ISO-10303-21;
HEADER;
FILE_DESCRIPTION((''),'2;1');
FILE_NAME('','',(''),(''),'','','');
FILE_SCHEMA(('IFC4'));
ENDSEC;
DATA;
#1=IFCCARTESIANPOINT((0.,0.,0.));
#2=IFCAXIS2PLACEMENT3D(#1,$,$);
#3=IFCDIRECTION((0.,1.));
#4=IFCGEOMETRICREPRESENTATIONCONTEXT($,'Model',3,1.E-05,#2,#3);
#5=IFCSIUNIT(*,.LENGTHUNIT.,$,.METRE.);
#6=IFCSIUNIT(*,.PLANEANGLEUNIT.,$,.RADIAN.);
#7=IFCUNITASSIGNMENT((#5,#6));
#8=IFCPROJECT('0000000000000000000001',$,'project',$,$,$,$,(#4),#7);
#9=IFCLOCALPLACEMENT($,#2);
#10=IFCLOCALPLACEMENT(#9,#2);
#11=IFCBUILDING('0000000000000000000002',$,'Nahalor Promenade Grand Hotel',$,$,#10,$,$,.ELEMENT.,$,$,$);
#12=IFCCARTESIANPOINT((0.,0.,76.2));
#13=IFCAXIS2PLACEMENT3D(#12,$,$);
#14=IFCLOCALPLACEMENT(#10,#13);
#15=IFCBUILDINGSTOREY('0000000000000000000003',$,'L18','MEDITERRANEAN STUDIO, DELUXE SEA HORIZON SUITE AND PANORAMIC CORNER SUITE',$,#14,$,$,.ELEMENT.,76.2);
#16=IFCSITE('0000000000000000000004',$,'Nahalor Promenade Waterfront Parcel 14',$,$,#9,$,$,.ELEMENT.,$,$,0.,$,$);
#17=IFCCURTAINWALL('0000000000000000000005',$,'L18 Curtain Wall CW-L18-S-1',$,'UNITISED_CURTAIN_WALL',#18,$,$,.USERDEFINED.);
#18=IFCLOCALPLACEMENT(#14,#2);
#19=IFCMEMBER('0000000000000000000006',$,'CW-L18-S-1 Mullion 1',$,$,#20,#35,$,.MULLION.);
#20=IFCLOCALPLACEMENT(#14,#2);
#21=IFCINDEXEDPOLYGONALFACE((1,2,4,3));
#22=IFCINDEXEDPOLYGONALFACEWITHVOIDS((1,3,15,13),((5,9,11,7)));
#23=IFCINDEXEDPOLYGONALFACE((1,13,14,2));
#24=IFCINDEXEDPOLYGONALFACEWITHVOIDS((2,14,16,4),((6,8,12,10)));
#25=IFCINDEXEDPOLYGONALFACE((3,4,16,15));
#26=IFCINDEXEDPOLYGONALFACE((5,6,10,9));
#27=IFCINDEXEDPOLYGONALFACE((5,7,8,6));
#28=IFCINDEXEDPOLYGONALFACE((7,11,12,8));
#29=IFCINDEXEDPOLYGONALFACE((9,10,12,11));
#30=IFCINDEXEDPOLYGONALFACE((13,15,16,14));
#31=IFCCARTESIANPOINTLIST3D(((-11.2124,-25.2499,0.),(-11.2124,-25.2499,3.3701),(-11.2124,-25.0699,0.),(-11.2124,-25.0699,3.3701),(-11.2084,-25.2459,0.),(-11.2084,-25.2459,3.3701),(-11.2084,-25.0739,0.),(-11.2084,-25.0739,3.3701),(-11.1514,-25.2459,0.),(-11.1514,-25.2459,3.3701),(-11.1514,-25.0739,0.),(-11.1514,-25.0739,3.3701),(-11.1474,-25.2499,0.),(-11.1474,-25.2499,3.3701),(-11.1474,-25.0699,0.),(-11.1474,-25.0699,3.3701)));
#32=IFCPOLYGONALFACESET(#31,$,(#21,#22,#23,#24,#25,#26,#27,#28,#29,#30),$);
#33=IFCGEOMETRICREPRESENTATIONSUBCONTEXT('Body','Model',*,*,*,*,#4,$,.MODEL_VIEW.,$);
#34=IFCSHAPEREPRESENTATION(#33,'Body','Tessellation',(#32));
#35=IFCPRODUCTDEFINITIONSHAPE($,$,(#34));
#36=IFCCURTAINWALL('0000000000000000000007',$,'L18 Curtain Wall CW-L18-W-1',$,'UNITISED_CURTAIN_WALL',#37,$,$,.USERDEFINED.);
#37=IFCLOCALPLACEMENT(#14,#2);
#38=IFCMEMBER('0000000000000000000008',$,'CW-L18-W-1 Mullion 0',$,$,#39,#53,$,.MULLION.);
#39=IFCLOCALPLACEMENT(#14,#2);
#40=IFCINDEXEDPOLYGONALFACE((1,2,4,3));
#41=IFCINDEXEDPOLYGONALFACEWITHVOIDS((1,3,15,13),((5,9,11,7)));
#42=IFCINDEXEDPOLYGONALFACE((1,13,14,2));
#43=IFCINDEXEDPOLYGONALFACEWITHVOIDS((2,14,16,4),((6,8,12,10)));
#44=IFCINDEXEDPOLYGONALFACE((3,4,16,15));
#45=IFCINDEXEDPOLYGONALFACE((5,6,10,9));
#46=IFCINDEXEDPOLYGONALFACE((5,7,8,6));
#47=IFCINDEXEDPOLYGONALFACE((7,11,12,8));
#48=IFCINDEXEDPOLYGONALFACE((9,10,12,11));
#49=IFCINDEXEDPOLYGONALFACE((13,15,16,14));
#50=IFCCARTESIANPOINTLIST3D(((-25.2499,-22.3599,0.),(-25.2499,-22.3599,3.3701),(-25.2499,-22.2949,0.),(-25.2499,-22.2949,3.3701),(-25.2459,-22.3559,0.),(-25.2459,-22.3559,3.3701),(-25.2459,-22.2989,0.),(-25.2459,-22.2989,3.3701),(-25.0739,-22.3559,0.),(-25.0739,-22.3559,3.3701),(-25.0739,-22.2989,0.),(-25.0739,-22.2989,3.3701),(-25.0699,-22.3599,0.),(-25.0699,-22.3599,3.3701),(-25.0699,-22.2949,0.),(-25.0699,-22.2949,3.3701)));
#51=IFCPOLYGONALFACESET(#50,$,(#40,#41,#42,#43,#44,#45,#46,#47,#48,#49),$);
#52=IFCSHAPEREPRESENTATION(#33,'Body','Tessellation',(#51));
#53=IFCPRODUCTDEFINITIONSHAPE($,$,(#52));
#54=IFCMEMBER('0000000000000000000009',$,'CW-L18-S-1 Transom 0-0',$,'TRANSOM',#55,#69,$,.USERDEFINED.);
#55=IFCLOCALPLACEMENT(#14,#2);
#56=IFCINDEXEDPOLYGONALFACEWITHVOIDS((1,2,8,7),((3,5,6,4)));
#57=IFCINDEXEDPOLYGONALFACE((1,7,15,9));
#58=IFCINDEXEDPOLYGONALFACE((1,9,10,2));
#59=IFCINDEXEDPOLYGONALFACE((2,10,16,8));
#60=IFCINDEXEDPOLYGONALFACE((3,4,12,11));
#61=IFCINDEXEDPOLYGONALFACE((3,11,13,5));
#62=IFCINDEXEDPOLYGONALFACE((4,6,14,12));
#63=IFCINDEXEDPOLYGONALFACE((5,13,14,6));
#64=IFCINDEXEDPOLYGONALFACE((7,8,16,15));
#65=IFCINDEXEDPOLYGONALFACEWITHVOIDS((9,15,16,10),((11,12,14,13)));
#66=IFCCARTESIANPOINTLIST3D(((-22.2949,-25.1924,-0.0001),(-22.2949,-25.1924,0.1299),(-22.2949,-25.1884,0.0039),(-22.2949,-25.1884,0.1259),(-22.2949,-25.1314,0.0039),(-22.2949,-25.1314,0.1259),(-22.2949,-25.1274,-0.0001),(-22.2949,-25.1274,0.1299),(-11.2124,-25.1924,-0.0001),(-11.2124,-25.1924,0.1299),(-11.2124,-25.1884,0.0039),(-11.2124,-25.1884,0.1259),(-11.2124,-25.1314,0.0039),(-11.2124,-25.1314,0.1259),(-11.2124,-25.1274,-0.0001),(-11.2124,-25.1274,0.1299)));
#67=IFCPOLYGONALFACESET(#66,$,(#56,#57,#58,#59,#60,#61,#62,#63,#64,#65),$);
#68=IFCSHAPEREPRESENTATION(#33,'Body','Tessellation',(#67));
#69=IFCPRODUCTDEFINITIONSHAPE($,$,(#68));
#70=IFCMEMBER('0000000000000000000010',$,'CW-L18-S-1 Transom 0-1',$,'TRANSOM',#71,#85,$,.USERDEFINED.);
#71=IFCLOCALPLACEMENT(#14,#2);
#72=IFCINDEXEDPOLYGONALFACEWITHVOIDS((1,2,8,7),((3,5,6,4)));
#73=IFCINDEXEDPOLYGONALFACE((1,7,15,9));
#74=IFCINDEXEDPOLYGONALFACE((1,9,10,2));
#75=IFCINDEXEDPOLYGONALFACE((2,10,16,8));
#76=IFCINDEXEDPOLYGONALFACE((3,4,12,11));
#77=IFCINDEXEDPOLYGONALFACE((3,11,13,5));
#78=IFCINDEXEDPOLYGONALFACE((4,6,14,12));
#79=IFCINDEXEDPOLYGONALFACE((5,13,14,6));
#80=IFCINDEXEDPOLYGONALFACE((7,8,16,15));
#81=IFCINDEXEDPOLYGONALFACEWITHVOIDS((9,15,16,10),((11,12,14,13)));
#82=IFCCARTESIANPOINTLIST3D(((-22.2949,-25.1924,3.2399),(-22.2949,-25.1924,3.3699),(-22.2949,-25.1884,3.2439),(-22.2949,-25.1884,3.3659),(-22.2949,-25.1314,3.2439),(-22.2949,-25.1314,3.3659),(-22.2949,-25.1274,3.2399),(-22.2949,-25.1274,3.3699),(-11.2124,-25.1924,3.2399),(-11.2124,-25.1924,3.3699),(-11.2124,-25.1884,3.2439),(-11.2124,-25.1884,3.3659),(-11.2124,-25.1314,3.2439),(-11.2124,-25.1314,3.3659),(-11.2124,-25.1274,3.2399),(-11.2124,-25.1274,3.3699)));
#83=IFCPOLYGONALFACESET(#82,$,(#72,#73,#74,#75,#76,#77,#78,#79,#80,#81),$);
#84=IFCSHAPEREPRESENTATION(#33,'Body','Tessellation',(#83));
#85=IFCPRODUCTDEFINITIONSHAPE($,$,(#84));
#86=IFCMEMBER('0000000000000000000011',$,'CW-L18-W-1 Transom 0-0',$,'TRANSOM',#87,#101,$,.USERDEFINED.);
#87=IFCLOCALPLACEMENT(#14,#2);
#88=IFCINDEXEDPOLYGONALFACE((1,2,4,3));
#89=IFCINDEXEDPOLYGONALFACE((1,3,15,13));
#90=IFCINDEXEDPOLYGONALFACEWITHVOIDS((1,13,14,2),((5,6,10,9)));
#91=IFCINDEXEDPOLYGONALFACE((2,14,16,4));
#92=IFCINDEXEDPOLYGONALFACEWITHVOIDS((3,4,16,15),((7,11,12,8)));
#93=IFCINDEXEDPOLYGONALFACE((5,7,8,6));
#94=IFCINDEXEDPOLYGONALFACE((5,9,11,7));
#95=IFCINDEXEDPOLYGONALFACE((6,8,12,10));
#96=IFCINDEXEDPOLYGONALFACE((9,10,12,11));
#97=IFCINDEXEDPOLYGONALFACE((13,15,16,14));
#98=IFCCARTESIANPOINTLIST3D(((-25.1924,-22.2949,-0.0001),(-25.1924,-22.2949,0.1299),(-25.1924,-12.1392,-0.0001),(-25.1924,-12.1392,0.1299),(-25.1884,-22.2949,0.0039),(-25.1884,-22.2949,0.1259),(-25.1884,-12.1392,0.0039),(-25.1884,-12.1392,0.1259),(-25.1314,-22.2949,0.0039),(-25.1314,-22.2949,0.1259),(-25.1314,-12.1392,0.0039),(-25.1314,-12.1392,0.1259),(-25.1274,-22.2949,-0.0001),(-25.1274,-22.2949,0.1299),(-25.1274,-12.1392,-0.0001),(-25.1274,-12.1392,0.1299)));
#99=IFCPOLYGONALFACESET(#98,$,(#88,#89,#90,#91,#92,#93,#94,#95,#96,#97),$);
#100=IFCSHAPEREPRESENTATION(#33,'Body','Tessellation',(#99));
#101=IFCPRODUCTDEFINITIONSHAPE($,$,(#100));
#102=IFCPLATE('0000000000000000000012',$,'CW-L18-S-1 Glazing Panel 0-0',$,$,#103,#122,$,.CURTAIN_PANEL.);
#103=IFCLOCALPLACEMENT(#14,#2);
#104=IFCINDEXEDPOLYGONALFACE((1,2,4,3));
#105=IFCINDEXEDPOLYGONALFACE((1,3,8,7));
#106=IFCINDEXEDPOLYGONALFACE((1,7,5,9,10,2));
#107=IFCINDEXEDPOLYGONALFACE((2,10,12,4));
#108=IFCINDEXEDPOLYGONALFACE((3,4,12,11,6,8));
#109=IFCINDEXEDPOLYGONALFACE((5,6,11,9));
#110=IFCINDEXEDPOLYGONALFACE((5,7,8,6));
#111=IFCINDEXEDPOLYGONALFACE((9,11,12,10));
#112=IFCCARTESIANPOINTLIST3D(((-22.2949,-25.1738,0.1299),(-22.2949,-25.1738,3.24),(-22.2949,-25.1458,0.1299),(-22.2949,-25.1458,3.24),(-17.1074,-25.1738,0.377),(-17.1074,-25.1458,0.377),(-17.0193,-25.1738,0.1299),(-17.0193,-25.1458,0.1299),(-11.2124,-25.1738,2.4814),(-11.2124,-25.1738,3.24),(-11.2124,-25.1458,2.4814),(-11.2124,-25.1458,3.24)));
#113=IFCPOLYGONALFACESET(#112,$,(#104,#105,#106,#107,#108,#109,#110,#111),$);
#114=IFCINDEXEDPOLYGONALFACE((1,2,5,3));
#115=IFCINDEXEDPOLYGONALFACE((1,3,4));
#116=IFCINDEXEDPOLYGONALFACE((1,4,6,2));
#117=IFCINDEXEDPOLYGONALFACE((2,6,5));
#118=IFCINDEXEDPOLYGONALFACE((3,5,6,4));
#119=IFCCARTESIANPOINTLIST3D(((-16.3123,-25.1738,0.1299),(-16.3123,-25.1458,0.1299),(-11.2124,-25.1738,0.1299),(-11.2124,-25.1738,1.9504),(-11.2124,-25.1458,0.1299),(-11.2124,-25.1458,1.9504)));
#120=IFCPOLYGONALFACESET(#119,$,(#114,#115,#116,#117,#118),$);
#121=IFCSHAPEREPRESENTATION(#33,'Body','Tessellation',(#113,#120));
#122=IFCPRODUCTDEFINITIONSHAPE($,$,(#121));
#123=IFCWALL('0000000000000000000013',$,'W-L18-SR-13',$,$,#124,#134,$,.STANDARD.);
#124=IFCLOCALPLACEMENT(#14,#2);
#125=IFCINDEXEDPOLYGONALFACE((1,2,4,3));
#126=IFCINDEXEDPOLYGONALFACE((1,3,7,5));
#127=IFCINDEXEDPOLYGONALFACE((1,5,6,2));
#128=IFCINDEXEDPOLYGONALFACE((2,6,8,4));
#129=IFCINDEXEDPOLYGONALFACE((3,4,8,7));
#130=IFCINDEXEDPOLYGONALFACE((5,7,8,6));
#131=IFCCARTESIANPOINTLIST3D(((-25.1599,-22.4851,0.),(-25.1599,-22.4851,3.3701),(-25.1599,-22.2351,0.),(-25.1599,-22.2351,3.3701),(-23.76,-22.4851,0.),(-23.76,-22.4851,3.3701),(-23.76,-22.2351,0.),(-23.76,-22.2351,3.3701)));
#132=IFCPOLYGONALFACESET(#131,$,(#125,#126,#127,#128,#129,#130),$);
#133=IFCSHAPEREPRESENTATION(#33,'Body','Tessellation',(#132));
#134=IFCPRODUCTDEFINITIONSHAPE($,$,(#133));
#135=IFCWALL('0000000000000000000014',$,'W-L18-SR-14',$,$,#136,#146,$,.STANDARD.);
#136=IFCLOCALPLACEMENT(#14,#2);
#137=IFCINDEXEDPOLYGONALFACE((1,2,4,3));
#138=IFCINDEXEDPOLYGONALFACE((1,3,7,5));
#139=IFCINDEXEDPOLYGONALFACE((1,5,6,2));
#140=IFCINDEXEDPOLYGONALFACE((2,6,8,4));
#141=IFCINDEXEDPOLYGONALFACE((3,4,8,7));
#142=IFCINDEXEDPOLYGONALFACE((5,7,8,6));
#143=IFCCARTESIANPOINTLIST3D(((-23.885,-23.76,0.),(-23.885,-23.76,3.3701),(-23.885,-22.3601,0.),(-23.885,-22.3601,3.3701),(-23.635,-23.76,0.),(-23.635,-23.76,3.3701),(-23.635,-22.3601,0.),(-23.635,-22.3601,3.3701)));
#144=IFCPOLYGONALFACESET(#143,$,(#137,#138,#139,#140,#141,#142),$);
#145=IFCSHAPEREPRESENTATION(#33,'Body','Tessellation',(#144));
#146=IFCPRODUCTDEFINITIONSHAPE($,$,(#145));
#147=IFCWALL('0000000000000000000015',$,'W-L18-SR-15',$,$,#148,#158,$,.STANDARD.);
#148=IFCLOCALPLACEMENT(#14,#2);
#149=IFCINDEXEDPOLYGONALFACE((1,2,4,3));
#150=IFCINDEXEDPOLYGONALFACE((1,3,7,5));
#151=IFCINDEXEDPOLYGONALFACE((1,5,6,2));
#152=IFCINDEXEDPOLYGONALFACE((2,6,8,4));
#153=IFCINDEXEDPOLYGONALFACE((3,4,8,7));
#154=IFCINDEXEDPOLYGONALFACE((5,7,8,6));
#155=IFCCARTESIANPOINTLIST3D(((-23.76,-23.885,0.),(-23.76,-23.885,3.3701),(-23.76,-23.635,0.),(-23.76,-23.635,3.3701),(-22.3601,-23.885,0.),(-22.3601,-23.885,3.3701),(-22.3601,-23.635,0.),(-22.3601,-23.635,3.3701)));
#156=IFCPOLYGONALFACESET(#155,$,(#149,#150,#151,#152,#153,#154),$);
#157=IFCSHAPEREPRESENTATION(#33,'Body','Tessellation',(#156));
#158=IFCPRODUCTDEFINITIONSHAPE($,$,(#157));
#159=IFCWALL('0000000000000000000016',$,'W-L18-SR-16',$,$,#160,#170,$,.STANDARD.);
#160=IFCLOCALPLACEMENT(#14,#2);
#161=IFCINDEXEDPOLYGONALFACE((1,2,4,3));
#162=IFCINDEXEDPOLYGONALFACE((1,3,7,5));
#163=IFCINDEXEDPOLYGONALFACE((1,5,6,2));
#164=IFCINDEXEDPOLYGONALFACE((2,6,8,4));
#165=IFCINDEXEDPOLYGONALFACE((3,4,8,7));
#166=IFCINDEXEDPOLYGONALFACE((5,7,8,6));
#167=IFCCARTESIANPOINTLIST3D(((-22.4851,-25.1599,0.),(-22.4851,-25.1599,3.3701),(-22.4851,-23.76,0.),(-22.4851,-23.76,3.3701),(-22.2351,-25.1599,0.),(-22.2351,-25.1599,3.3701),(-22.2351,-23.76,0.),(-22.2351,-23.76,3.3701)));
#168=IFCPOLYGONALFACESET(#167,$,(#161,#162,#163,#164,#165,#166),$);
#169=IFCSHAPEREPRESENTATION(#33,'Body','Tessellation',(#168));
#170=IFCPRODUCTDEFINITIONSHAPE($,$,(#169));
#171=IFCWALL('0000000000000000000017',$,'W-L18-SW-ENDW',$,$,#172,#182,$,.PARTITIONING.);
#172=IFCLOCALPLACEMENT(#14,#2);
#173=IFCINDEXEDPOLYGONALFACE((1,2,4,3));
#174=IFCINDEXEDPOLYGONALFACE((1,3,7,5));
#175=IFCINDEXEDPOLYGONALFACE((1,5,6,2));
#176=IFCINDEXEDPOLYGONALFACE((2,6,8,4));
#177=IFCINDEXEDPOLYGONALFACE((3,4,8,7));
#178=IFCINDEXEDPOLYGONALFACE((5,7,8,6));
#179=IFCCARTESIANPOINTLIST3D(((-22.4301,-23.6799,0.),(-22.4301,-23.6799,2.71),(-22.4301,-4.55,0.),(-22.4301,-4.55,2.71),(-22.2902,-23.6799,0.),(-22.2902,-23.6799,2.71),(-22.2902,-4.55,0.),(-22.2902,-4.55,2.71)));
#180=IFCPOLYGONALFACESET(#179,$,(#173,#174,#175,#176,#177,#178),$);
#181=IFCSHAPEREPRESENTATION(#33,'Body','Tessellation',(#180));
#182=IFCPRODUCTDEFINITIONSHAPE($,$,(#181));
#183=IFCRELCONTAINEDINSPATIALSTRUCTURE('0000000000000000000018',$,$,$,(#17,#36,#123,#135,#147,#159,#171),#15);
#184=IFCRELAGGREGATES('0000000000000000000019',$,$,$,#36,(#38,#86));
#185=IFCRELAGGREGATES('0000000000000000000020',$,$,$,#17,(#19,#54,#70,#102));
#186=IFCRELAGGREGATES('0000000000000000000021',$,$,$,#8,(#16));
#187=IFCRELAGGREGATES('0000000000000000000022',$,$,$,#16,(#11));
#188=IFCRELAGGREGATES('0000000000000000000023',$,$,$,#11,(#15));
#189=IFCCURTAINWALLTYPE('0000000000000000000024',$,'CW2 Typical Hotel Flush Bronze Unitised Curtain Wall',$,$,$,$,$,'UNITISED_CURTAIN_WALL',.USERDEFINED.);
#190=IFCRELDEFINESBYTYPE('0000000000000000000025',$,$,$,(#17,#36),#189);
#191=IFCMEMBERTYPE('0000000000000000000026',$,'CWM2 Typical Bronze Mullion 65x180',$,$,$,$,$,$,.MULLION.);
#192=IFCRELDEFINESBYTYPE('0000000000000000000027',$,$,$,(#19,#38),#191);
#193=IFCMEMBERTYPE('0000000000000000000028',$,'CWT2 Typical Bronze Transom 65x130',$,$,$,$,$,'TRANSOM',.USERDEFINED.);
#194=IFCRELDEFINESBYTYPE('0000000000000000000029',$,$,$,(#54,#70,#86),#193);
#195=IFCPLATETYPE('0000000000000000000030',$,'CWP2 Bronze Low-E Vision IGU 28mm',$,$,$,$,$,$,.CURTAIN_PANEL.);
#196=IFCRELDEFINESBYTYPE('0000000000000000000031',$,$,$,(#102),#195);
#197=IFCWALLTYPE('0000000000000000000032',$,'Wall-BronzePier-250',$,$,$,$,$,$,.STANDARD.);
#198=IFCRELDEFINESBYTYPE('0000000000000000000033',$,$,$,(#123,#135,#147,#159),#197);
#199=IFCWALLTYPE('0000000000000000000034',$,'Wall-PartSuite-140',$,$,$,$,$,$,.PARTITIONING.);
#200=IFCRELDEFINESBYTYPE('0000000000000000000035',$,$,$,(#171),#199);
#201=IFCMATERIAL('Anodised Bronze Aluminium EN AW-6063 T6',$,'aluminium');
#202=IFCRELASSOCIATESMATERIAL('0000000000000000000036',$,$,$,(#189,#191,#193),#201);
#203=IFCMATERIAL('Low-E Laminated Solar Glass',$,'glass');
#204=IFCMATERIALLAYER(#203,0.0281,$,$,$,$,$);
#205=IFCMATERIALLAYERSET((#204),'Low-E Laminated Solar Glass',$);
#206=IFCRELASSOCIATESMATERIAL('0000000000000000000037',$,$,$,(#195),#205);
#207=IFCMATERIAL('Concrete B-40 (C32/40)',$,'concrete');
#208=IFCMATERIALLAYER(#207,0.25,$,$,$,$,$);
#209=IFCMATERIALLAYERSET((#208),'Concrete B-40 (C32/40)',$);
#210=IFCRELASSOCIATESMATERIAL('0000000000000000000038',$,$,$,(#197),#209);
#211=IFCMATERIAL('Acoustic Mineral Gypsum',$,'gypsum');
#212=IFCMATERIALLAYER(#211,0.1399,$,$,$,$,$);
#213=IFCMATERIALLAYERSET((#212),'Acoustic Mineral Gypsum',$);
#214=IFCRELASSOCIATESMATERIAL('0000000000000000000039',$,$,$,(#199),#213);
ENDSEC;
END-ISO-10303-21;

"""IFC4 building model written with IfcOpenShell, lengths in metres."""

from ifc_helpers import new_model, si_unit, direction, frame, frame_2d, origin, origin_2d, place, context, subcontext, project, spatial, polyline, rectangle, hollow_rectangle, outline, extrude, source, transform, mapped, material, layer, layer_set, material_profile, profile_set, type_object, element, aggregate, save


model = new_model("IFC4")

# Units and contexts
model_context = context("Model", 3, precision=1e-05, world=origin(), true_north=direction((0.0, 1.0)))
body_context = subcontext(model_context, "Body", "Model", "MODEL_VIEW")
ifc_project = project(units=[si_unit("LENGTHUNIT", "METRE"), si_unit("PLANEANGLEUNIT", "RADIAN")], contexts=[model_context])

# Site, building, storey
site_placement = place(None, origin())
site = spatial("IfcSite", under=ifc_project, at=site_placement, Name="Nahalor Promenade Waterfront Parcel 14", CompositionType="ELEMENT", RefElevation=0.0)
building_placement = place(site_placement, origin())
building = spatial("IfcBuilding", under=site, at=building_placement, Name="Nahalor Promenade Grand Hotel", CompositionType="ELEMENT")
storey_placement = place(building_placement, frame((0.0, 0.0, 76.2)))
storey = spatial("IfcBuildingStorey", under=building, at=storey_placement, Name="L18", Description="MEDITERRANEAN STUDIO, DELUXE SEA HORIZON SUITE AND PANORAMIC CORNER SUITE", CompositionType="ELEMENT", Elevation=76.2)

# Curtain wall, member
ifc_material_1 = material(Name="Anodised Bronze Aluminium EN AW-6063 T6", Category="aluminium")
curtain_wall_type = type_object("IfcCurtainWallType", Name="CW2 Typical Hotel Flush Bronze Unitised Curtain Wall", ElementType="UNITISED_CURTAIN_WALL", PredefinedType="USERDEFINED", material=ifc_material_1)
curtain_wall_1_placement = place(storey_placement, origin())
curtain_wall_1 = element("IfcCurtainWall", 1, at=curtain_wall_1_placement, inside=storey, type_object=curtain_wall_type, Name="L18 Curtain Wall CW-L18-S-1", ObjectType="UNITISED_CURTAIN_WALL", PredefinedType="USERDEFINED")
ifc_material_profile_1 = material_profile(ifc_material_1, hollow_rectangle(XDim=0.065, YDim=0.18, WallThickness=0.004, at=origin_2d()), Name="CWM 65x180x4")
ifc_profile_set_1 = profile_set([ifc_material_profile_1], Name="Anodised Bronze Aluminium EN AW-6063 T6")
member_type_1 = type_object("IfcMemberType", Name="CWM2 Typical Bronze Mullion 65x180", PredefinedType="MULLION", material=ifc_profile_set_1)
shared_shape_1 = source(origin(), body_context, "Body", "SweptSolid", [
    extrude(hollow_rectangle(XDim=0.065, YDim=0.18, WallThickness=0.004, at=origin_2d()), origin(), (0.0, 0.0, 1.0), 3.3701),
])
member_1_placement = place(storey_placement, frame((-11.1799, -25.1599, 0.0), z_axis=(0.0, 0.0, 1.0), x_axis=(1.0, 0.0, 0.0)))
member_1 = element("IfcMember", 2, at=member_1_placement, type_object=member_type_1, Name="CW-L18-S-1 Mullion 1", PredefinedType="MULLION", context=body_context, shape_type="MappedRepresentation", body=[
    mapped(shared_shape_1, transform((0.0, 0.0, 0.0), scale=1.0)),
])

# Curtain wall, member
curtain_wall_2_placement = place(storey_placement, origin())
curtain_wall_2 = element("IfcCurtainWall", 3, at=curtain_wall_2_placement, inside=storey, type_object=curtain_wall_type, Name="L18 Curtain Wall CW-L18-W-1", ObjectType="UNITISED_CURTAIN_WALL", PredefinedType="USERDEFINED")
member_2_placement = place(storey_placement, frame((-25.1599, -22.3274, 0.0), z_axis=(0.0, 0.0, 1.0), x_axis=(0.0, 1.0, 0.0)))
member_2 = element("IfcMember", 4, at=member_2_placement, type_object=member_type_1, Name="CW-L18-W-1 Mullion 0", PredefinedType="MULLION", context=body_context, shape_type="MappedRepresentation", body=[
    mapped(shared_shape_1, transform((0.0, 0.0, 0.0), scale=1.0)),
])

# Members
ifc_material_profile_2 = material_profile(ifc_material_1, hollow_rectangle(XDim=0.065, YDim=0.13, WallThickness=0.004, at=origin_2d()), Name="CWT 65x130x4")
ifc_profile_set_2 = profile_set([ifc_material_profile_2], Name="Anodised Bronze Aluminium EN AW-6063 T6")
member_type_2 = type_object("IfcMemberType", Name="CWT2 Typical Bronze Transom 65x130", ElementType="TRANSOM", PredefinedType="USERDEFINED", material=ifc_profile_set_2)
shared_shape_2 = source(origin(), body_context, "Body", "SweptSolid", [
    extrude(hollow_rectangle(XDim=0.065, YDim=0.13, WallThickness=0.004, at=origin_2d()), origin(), (0.0, 0.0, 1.0), 11.0825),
])
member_3_placement = place(storey_placement, frame((-22.2949, -25.1599, 0.0649), z_axis=(1.0, 0.0, 0.0), x_axis=(0.0, 1.0, 0.0)))
member_3 = element("IfcMember", 5, at=member_3_placement, type_object=member_type_2, Name="CW-L18-S-1 Transom 0-0", ObjectType="TRANSOM", PredefinedType="USERDEFINED", context=body_context, shape_type="MappedRepresentation", body=[
    mapped(shared_shape_2, transform((0.0, 0.0, 0.0), scale=1.0)),
])
member_4_placement = place(storey_placement, frame((-22.2949, -25.1599, 3.3049), z_axis=(1.0, 0.0, 0.0), x_axis=(0.0, 1.0, 0.0)))
member_4 = element("IfcMember", 6, at=member_4_placement, type_object=member_type_2, Name="CW-L18-S-1 Transom 0-1", ObjectType="TRANSOM", PredefinedType="USERDEFINED", context=body_context, shape_type="MappedRepresentation", body=[
    mapped(shared_shape_2, transform((0.0, 0.0, 0.0), scale=1.0)),
])
shared_shape_3 = source(origin(), body_context, "Body", "SweptSolid", [
    extrude(hollow_rectangle(XDim=0.065, YDim=0.13, WallThickness=0.004, at=origin_2d()), origin(), (0.0, 0.0, 1.0), 10.1558),
])
member_5_placement = place(storey_placement, frame((-25.1599, -22.2949, 0.0649), z_axis=(0.0, 1.0, 0.0), x_axis=(-1.0, 0.0, 0.0)))
member_5 = element("IfcMember", 7, at=member_5_placement, type_object=member_type_2, Name="CW-L18-W-1 Transom 0-0", ObjectType="TRANSOM", PredefinedType="USERDEFINED", context=body_context, shape_type="MappedRepresentation", body=[
    mapped(shared_shape_3, transform((0.0, 0.0, 0.0), scale=1.0)),
])
aggregate(curtain_wall_2, [member_2, member_5])

# Plate
ifc_material_2 = material(Name="Low-E Laminated Solar Glass", Category="glass")
ifc_layer_1 = layer(ifc_material_2, 0.0281)
ifc_layer_set_1 = layer_set([ifc_layer_1], Name="Low-E Laminated Solar Glass")
plate_type = type_object("IfcPlateType", Name="CWP2 Bronze Low-E Vision IGU 28mm", PredefinedType="CURTAIN_PANEL", material=ifc_layer_set_1)
plate_placement = place(storey_placement, frame((-16.7537, -25.1599, 0.1299), z_axis=(0.0, 0.0, 1.0), x_axis=(1.0, 0.0, 0.0)))
plate = element("IfcPlate", 8, at=plate_placement, type_object=plate_type, Name="CW-L18-S-1 Glazing Panel 0-0", PredefinedType="CURTAIN_PANEL", context=body_context, shape_type="SweptSolid", body=[
    extrude(outline(polyline([(-5.5413, 3.1101), (-5.5413, 0.0), (-0.2656, 0.0), (-0.3538, 0.2471), (5.5413, 2.3516), (5.5413, 3.1101), (-5.5413, 3.1101)])), frame((0.0, 0.0142, 0.0), z_axis=(0.0, -1.0, 0.0), x_axis=(1.0, 0.0, 0.0)), (0.0, 0.0, 1.0), 0.0281),
    extrude(outline(polyline([(0.4414, 0.0), (5.5413, 0.0), (5.5413, 1.8206), (0.4414, 0.0)])), frame((0.0, 0.0142, 0.0), z_axis=(0.0, -1.0, 0.0), x_axis=(1.0, 0.0, 0.0)), (0.0, 0.0, 1.0), 0.0281),
])
aggregate(curtain_wall_1, [member_1, member_3, member_4, plate])

# Walls
ifc_material_3 = material(Name="Concrete B-40 (C32/40)", Category="concrete")
ifc_layer_2 = layer(ifc_material_3, 0.25)
ifc_layer_set_2 = layer_set([ifc_layer_2], Name="Concrete B-40 (C32/40)")
wall_type_1 = type_object("IfcWallType", Name="Wall-BronzePier-250", PredefinedType="STANDARD", material=ifc_layer_set_2)
shared_shape_4 = source(origin(), body_context, "Body", "SweptSolid", [
    extrude(rectangle(XDim=1.3999, YDim=0.25, at=frame_2d((0.7, 0.0))), origin(), (0.0, 0.0, 1.0), 3.3701),
])
for number, where, z_axis, x_axis, name in (
    (9, (-25.1599, -22.3601, 0.0), (0.0, 0.0, 1.0), (1.0, 0.0, 0.0), "W-L18-SR-13"),
    (10, (-23.76, -23.76, 0.0), (0.0, 0.0, 1.0), (0.0, 1.0, 0.0), "W-L18-SR-14"),
    (11, (-23.76, -23.76, 0.0), (0.0, 0.0, 1.0), (1.0, 0.0, 0.0), "W-L18-SR-15"),
    (12, (-22.3601, -25.1599, 0.0), (0.0, 0.0, 1.0), (0.0, 1.0, 0.0), "W-L18-SR-16"),
):
    element("IfcWall", number, at=place(storey_placement, frame(where, z_axis=z_axis, x_axis=x_axis)), inside=storey, type_object=wall_type_1, Name=name, PredefinedType="STANDARD", context=body_context, shape_type="MappedRepresentation", body=[
        mapped(shared_shape_4, transform((0.0, 0.0, 0.0), scale=1.0)),
    ])
ifc_material_4 = material(Name="Acoustic Mineral Gypsum", Category="gypsum")
ifc_layer_3 = layer(ifc_material_4, 0.1399)
ifc_layer_set_3 = layer_set([ifc_layer_3], Name="Acoustic Mineral Gypsum")
wall_type_2 = type_object("IfcWallType", Name="Wall-PartSuite-140", PredefinedType="PARTITIONING", material=ifc_layer_set_3)
shared_shape_5 = source(origin(), body_context, "Body", "SweptSolid", [
    extrude(rectangle(XDim=19.1299, YDim=0.1399, at=frame_2d((9.5649, 0.0))), origin(), (0.0, 0.0, 1.0), 2.71),
])
wall_1_placement = place(storey_placement, frame((-22.3601, -23.6799, 0.0), z_axis=(0.0, 0.0, 1.0), x_axis=(0.0, 1.0, 0.0)))
element("IfcWall", 13, at=wall_1_placement, inside=storey, type_object=wall_type_2, Name="W-L18-SW-ENDW", PredefinedType="PARTITIONING", context=body_context, shape_type="MappedRepresentation", body=[
    mapped(shared_shape_5, transform((0.0, 0.0, 0.0), scale=1.0)),
])

save(model, "model.ifc")
